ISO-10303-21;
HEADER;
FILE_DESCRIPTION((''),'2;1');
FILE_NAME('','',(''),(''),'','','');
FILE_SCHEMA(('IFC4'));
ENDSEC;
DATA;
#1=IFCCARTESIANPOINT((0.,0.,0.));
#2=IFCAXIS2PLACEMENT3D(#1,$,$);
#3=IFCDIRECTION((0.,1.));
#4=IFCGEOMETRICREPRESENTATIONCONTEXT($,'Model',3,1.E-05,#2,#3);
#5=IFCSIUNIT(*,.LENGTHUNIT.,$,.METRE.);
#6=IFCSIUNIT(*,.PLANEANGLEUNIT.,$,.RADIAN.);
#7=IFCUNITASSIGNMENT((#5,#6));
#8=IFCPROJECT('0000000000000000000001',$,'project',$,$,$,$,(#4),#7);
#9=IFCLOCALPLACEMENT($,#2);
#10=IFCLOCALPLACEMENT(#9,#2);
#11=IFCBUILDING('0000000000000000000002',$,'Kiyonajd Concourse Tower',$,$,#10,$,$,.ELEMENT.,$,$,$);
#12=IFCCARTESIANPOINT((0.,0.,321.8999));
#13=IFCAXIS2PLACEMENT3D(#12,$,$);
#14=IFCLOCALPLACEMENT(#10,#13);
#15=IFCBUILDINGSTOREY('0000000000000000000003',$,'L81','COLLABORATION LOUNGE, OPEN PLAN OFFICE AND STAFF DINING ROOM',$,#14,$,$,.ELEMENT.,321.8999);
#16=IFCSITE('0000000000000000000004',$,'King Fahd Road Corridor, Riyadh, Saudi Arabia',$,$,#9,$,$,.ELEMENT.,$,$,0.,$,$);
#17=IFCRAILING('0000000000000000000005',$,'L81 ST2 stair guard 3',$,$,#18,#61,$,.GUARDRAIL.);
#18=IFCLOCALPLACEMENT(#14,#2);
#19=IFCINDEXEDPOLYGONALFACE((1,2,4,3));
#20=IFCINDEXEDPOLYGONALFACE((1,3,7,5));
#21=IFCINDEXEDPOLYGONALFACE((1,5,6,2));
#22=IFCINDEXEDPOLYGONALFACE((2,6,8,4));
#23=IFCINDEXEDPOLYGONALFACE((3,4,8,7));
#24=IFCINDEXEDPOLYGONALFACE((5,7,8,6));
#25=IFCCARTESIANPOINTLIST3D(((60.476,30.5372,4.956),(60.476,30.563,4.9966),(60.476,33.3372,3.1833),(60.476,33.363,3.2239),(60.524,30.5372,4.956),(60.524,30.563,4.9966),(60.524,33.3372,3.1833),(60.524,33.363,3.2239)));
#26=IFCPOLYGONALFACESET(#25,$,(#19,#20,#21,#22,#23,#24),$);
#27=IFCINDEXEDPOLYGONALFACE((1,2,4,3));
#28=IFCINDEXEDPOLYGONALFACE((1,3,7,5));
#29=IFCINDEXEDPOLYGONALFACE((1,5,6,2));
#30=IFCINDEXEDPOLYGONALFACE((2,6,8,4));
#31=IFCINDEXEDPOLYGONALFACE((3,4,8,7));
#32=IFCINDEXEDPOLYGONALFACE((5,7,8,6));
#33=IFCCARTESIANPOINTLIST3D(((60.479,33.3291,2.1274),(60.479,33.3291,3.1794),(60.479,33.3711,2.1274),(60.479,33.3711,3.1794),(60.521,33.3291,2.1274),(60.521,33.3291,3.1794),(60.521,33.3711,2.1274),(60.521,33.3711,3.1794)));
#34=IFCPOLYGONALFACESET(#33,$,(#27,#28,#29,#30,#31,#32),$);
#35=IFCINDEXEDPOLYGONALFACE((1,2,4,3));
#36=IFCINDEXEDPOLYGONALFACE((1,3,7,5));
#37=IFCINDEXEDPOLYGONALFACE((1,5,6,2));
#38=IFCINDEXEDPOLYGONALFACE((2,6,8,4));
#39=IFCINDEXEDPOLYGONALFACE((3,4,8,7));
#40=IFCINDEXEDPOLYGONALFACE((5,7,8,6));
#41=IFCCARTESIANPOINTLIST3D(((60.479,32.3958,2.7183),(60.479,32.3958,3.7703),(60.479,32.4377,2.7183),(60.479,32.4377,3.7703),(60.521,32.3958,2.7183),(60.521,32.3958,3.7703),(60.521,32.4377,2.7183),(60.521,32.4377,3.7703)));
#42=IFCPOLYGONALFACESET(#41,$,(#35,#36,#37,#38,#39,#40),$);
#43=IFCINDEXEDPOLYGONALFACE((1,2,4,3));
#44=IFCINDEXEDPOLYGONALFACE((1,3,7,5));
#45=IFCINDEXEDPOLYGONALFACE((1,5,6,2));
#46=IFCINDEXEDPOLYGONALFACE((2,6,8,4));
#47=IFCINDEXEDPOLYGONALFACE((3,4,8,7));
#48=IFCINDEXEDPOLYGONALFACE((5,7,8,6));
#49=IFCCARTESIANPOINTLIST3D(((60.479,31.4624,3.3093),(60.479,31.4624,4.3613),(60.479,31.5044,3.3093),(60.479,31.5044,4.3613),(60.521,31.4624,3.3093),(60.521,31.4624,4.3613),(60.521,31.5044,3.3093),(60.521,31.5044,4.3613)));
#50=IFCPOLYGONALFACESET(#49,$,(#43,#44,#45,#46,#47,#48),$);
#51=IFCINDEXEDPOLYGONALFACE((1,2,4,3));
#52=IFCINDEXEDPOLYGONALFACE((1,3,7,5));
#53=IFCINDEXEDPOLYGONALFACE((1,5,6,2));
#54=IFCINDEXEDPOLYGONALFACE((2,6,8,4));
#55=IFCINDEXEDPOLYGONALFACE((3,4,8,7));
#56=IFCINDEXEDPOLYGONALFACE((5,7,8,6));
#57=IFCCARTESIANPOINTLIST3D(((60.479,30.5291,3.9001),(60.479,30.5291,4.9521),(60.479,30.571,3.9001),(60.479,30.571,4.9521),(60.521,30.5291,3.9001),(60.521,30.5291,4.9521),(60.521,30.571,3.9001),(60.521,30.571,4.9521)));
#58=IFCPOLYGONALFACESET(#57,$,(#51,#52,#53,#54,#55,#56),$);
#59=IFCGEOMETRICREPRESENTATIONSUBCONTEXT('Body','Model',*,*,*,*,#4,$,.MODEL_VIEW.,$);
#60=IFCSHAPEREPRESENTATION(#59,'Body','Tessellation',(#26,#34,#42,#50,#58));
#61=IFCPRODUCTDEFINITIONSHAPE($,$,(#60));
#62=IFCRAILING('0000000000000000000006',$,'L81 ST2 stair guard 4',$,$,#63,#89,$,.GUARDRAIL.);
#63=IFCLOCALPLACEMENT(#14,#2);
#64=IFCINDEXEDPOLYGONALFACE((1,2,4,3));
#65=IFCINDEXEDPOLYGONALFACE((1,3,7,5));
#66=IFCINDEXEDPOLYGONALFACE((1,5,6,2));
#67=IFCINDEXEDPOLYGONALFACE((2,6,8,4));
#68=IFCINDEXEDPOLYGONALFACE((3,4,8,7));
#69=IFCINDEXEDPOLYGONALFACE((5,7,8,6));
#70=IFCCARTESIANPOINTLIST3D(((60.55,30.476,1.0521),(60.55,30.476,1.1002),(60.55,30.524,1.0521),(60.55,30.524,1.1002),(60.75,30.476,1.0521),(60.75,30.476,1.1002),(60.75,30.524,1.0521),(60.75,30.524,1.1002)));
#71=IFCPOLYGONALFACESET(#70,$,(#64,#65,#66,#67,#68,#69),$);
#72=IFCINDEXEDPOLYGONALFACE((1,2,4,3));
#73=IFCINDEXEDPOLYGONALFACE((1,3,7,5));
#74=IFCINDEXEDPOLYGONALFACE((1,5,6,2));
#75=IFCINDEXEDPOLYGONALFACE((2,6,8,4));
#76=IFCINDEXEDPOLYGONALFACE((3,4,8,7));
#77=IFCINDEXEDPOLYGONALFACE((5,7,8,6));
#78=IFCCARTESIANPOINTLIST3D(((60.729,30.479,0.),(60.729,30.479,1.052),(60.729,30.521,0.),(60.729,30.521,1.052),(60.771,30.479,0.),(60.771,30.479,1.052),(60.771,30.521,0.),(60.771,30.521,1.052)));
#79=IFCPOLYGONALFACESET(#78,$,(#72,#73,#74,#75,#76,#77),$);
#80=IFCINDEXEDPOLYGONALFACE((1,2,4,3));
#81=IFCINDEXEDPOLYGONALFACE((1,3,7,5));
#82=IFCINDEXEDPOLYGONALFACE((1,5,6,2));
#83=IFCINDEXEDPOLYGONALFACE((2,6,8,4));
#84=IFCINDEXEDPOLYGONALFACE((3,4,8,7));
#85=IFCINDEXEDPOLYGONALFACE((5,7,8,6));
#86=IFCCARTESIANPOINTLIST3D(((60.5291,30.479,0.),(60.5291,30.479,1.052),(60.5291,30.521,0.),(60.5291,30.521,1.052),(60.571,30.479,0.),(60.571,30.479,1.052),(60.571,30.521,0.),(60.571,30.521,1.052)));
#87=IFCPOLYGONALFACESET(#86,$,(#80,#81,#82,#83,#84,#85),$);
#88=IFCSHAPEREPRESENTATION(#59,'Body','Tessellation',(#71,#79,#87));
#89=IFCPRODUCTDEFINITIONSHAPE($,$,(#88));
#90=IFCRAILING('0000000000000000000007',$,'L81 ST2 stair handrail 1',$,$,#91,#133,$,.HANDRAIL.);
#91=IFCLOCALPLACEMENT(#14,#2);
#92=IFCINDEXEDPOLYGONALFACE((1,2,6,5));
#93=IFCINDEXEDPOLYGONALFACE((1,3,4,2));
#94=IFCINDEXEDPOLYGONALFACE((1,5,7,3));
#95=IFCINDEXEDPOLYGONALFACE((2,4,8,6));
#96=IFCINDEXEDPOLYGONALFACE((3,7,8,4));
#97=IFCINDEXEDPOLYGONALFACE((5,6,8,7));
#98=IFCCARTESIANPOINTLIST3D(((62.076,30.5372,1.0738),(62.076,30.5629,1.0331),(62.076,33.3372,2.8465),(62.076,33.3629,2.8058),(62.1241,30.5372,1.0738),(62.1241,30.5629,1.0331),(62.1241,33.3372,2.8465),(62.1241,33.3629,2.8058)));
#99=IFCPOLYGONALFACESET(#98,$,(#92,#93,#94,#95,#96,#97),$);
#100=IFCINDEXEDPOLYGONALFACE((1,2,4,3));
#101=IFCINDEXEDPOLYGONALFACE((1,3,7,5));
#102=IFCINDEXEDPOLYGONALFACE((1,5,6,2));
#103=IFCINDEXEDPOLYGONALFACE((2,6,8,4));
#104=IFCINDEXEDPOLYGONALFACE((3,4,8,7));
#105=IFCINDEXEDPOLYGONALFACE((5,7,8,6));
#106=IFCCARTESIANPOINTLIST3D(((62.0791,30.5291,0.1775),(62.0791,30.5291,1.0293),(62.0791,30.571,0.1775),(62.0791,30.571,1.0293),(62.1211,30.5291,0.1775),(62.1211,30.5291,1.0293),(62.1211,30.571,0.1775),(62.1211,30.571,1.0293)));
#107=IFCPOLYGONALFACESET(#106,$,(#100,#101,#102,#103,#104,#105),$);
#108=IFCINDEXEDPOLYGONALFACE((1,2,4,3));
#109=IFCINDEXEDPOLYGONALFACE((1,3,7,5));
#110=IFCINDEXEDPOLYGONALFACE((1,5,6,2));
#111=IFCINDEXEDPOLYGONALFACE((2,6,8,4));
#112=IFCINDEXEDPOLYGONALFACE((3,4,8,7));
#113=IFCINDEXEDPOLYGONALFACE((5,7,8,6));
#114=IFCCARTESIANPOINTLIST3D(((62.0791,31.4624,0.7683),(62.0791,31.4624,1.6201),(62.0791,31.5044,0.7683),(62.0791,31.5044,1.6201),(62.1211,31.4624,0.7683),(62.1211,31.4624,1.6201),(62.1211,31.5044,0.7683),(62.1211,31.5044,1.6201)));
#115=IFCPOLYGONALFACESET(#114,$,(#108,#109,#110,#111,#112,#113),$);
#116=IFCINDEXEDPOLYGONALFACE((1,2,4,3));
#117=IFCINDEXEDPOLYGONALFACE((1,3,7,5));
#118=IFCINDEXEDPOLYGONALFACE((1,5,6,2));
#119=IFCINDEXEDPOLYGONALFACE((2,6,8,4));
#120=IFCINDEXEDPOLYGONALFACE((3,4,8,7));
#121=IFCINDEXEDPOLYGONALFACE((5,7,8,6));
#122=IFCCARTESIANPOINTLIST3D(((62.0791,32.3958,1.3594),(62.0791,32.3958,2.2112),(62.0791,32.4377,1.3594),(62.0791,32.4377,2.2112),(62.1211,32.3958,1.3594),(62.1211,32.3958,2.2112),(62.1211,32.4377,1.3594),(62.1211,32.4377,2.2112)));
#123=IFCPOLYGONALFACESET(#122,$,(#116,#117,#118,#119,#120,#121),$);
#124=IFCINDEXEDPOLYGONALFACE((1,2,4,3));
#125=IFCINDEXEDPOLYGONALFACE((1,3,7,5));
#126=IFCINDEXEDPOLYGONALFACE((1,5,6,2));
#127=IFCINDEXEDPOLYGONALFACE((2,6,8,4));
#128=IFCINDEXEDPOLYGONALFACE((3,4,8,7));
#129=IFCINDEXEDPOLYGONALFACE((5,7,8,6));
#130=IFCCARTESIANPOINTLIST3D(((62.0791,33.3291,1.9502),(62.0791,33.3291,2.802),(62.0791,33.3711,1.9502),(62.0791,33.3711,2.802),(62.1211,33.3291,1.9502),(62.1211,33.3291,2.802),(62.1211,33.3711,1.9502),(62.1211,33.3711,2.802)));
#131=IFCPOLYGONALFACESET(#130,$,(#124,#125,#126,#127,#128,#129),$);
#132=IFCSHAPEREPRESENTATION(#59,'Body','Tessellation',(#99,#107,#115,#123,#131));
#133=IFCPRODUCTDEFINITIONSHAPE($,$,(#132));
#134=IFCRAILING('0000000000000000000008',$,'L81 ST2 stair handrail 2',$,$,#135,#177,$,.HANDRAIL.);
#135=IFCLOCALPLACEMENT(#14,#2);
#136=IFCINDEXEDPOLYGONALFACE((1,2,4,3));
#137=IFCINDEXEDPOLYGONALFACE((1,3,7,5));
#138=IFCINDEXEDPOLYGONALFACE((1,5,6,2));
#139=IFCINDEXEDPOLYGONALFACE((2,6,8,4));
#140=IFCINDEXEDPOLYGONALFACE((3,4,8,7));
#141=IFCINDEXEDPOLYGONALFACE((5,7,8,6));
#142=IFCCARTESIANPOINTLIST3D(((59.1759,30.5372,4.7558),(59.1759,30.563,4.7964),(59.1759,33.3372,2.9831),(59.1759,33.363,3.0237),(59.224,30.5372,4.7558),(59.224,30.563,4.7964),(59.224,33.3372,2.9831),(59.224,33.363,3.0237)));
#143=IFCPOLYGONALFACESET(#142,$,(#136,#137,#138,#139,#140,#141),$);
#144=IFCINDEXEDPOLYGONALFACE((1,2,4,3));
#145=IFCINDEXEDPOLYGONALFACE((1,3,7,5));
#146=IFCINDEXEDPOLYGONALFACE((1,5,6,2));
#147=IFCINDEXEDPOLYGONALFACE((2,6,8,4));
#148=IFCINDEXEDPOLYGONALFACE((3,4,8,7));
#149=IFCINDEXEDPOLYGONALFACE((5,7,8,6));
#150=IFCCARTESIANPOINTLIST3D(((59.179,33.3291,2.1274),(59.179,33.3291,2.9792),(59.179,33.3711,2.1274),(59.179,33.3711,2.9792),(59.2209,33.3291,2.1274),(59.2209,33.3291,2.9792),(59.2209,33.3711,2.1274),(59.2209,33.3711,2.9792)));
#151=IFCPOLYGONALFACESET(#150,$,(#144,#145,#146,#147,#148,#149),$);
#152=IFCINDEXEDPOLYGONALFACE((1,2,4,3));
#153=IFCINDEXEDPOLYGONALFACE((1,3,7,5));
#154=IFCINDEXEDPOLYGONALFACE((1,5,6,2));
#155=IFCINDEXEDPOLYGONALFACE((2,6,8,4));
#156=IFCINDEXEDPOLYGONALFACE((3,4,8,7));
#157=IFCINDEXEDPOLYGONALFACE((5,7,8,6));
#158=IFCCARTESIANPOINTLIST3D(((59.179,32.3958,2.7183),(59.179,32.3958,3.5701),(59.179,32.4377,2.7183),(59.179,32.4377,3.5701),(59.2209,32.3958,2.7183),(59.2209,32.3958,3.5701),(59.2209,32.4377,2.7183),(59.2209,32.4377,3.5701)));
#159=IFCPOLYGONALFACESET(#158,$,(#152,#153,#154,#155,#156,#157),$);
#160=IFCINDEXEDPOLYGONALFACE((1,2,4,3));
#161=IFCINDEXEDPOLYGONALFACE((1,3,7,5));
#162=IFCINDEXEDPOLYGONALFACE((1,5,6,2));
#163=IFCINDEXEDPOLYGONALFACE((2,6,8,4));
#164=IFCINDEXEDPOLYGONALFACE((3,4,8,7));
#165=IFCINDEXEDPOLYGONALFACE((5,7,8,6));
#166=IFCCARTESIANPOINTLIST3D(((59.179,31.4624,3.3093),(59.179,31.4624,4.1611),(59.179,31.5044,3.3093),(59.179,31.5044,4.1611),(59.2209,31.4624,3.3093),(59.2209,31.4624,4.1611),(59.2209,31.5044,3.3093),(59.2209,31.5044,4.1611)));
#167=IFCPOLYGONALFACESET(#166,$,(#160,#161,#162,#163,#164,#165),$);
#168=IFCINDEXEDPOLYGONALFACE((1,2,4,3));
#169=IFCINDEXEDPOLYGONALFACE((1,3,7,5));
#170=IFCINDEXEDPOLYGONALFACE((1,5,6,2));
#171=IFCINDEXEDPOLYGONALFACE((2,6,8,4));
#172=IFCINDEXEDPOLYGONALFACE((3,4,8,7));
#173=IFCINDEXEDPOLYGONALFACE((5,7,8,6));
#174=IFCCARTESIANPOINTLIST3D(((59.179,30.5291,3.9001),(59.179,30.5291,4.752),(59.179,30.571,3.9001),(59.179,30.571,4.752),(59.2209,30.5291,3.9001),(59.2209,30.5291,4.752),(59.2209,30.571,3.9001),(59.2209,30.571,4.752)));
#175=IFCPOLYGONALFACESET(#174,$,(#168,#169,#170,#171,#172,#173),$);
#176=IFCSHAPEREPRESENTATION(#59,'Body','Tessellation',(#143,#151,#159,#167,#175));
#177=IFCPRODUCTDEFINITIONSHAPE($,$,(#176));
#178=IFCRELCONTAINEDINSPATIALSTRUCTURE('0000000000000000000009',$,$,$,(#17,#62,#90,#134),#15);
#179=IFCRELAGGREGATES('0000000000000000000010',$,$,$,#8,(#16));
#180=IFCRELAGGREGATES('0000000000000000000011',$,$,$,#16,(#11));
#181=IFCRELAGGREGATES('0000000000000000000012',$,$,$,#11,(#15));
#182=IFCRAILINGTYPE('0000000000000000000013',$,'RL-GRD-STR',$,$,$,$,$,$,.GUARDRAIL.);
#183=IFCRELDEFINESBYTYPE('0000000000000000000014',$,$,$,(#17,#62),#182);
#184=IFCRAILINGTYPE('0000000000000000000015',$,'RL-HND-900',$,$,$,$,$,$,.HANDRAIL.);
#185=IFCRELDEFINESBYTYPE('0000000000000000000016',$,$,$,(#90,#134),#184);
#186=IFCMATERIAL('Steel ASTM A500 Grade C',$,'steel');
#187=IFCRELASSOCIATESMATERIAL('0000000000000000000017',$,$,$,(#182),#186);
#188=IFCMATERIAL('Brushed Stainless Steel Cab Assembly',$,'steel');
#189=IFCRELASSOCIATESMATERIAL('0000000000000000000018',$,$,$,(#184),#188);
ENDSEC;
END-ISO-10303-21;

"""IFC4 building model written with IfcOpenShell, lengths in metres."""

from ifc_helpers import new_model, si_unit, direction, frame, origin, origin_2d, place, context, subcontext, project, spatial, rectangle, extrude, material, type_object, element, save


model = new_model("IFC4")

# Units and contexts
model_context = context("Model", 3, precision=1e-05, world=origin(), true_north=direction((0.0, 1.0)))
body_context = subcontext(model_context, "Body", "Model", "MODEL_VIEW")
ifc_project = project(units=[si_unit("LENGTHUNIT", "METRE"), si_unit("PLANEANGLEUNIT", "RADIAN")], contexts=[model_context])

# Site, building, storey
site_placement = place(None, origin())
site = spatial("IfcSite", under=ifc_project, at=site_placement, Name="King Fahd Road Corridor, Riyadh, Saudi Arabia", CompositionType="ELEMENT", RefElevation=0.0)
building_placement = place(site_placement, origin())
building = spatial("IfcBuilding", under=site, at=building_placement, Name="Kiyonajd Concourse Tower", CompositionType="ELEMENT")
storey_placement = place(building_placement, frame((0.0, 0.0, 321.8999)))
storey = spatial("IfcBuildingStorey", under=building, at=storey_placement, Name="L81", Description="COLLABORATION LOUNGE, OPEN PLAN OFFICE AND STAFF DINING ROOM", CompositionType="ELEMENT", Elevation=321.8999)

# Railings
ifc_material_1 = material(Name="Steel ASTM A500 Grade C", Category="steel")
railing_type_1 = type_object("IfcRailingType", Name="RL-GRD-STR", PredefinedType="GUARDRAIL", material=ifc_material_1)
railing_1_placement = place(storey_placement, frame((60.5, 33.3501, 2.1274)))
element("IfcRailing", 1, at=railing_1_placement, inside=storey, type_object=railing_type_1, Name="L81 ST2 stair guard 3", PredefinedType="GUARDRAIL", context=body_context, shape_type="SweptSolid", body=[
    extrude(rectangle(XDim=0.0481, YDim=0.0481, at=origin_2d()), frame((0.0, 0.0, 1.0762), z_axis=(0.0, -0.844909, 0.53491), x_axis=(1.0, 0.0, 0.0)), (0.0, 0.0, 1.0), 3.314),
    extrude(rectangle(XDim=0.042, YDim=0.042, at=origin_2d()), origin(), (0.0, 0.0, 1.0), 1.052),
    extrude(rectangle(XDim=0.042, YDim=0.042, at=origin_2d()), frame((0.0, -0.9333, 0.5908)), (0.0, 0.0, 1.0), 1.052),
    extrude(rectangle(XDim=0.042, YDim=0.042, at=origin_2d()), frame((0.0, -1.8667, 1.1819)), (0.0, 0.0, 1.0), 1.052),
    extrude(rectangle(XDim=0.042, YDim=0.042, at=origin_2d()), frame((0.0, -2.8, 1.7727)), (0.0, 0.0, 1.0), 1.052),
])
railing_2_placement = place(storey_placement, frame((60.75, 30.5, 0.0)))
element("IfcRailing", 2, at=railing_2_placement, inside=storey, type_object=railing_type_1, Name="L81 ST2 stair guard 4", PredefinedType="GUARDRAIL", context=body_context, shape_type="SweptSolid", body=[
    extrude(rectangle(XDim=0.0481, YDim=0.0481, at=origin_2d()), frame((0.0, 0.0, 1.0762), z_axis=(-1.0, 0.0, 0.0), x_axis=(0.0, -1.0, 0.0)), (0.0, 0.0, 1.0), 0.2),
    extrude(rectangle(XDim=0.042, YDim=0.042, at=origin_2d()), origin(), (0.0, 0.0, 1.0), 1.052),
    extrude(rectangle(XDim=0.042, YDim=0.042, at=origin_2d()), frame((-0.2, 0.0, 0.0)), (0.0, 0.0, 1.0), 1.052),
])
ifc_material_2 = material(Name="Brushed Stainless Steel Cab Assembly", Category="steel")
railing_type_2 = type_object("IfcRailingType", Name="RL-HND-900", PredefinedType="HANDRAIL", material=ifc_material_2)
railing_3_placement = place(storey_placement, frame((62.1001, 30.55, 0.1775)))
element("IfcRailing", 3, at=railing_3_placement, inside=storey, type_object=railing_type_2, Name="L81 ST2 stair handrail 1", PredefinedType="HANDRAIL", context=body_context, shape_type="SweptSolid", body=[
    extrude(rectangle(XDim=0.0481, YDim=0.0481, at=origin_2d()), frame((0.0, 0.0, 0.876), z_axis=(0.0, 0.844909, 0.53491), x_axis=(-1.0, 0.0, 0.0)), (0.0, 0.0, 1.0), 3.314),
    extrude(rectangle(XDim=0.042, YDim=0.042, at=origin_2d()), origin(), (0.0, 0.0, 1.0), 0.8518),
    extrude(rectangle(XDim=0.042, YDim=0.042, at=origin_2d()), frame((0.0, 0.9333, 0.5908)), (0.0, 0.0, 1.0), 0.8518),
    extrude(rectangle(XDim=0.042, YDim=0.042, at=origin_2d()), frame((0.0, 1.8667, 1.1819)), (0.0, 0.0, 1.0), 0.8518),
    extrude(rectangle(XDim=0.042, YDim=0.042, at=origin_2d()), frame((0.0, 2.8, 1.7727)), (0.0, 0.0, 1.0), 0.8518),
])
railing_4_placement = place(storey_placement, frame((59.2, 33.3501, 2.1274)))
element("IfcRailing", 4, at=railing_4_placement, inside=storey, type_object=railing_type_2, Name="L81 ST2 stair handrail 2", PredefinedType="HANDRAIL", context=body_context, shape_type="SweptSolid", body=[
    extrude(rectangle(XDim=0.0481, YDim=0.0481, at=origin_2d()), frame((0.0, 0.0, 0.876), z_axis=(0.0, -0.844909, 0.53491), x_axis=(1.0, 0.0, 0.0)), (0.0, 0.0, 1.0), 3.314),
    extrude(rectangle(XDim=0.042, YDim=0.042, at=origin_2d()), origin(), (0.0, 0.0, 1.0), 0.8518),
    extrude(rectangle(XDim=0.042, YDim=0.042, at=origin_2d()), frame((0.0, -0.9333, 0.5908)), (0.0, 0.0, 1.0), 0.8518),
    extrude(rectangle(XDim=0.042, YDim=0.042, at=origin_2d()), frame((0.0, -1.8667, 1.1819)), (0.0, 0.0, 1.0), 0.8518),
    extrude(rectangle(XDim=0.042, YDim=0.042, at=origin_2d()), frame((0.0, -2.8, 1.7727)), (0.0, 0.0, 1.0), 0.8518),
])

save(model, "model.ifc")
